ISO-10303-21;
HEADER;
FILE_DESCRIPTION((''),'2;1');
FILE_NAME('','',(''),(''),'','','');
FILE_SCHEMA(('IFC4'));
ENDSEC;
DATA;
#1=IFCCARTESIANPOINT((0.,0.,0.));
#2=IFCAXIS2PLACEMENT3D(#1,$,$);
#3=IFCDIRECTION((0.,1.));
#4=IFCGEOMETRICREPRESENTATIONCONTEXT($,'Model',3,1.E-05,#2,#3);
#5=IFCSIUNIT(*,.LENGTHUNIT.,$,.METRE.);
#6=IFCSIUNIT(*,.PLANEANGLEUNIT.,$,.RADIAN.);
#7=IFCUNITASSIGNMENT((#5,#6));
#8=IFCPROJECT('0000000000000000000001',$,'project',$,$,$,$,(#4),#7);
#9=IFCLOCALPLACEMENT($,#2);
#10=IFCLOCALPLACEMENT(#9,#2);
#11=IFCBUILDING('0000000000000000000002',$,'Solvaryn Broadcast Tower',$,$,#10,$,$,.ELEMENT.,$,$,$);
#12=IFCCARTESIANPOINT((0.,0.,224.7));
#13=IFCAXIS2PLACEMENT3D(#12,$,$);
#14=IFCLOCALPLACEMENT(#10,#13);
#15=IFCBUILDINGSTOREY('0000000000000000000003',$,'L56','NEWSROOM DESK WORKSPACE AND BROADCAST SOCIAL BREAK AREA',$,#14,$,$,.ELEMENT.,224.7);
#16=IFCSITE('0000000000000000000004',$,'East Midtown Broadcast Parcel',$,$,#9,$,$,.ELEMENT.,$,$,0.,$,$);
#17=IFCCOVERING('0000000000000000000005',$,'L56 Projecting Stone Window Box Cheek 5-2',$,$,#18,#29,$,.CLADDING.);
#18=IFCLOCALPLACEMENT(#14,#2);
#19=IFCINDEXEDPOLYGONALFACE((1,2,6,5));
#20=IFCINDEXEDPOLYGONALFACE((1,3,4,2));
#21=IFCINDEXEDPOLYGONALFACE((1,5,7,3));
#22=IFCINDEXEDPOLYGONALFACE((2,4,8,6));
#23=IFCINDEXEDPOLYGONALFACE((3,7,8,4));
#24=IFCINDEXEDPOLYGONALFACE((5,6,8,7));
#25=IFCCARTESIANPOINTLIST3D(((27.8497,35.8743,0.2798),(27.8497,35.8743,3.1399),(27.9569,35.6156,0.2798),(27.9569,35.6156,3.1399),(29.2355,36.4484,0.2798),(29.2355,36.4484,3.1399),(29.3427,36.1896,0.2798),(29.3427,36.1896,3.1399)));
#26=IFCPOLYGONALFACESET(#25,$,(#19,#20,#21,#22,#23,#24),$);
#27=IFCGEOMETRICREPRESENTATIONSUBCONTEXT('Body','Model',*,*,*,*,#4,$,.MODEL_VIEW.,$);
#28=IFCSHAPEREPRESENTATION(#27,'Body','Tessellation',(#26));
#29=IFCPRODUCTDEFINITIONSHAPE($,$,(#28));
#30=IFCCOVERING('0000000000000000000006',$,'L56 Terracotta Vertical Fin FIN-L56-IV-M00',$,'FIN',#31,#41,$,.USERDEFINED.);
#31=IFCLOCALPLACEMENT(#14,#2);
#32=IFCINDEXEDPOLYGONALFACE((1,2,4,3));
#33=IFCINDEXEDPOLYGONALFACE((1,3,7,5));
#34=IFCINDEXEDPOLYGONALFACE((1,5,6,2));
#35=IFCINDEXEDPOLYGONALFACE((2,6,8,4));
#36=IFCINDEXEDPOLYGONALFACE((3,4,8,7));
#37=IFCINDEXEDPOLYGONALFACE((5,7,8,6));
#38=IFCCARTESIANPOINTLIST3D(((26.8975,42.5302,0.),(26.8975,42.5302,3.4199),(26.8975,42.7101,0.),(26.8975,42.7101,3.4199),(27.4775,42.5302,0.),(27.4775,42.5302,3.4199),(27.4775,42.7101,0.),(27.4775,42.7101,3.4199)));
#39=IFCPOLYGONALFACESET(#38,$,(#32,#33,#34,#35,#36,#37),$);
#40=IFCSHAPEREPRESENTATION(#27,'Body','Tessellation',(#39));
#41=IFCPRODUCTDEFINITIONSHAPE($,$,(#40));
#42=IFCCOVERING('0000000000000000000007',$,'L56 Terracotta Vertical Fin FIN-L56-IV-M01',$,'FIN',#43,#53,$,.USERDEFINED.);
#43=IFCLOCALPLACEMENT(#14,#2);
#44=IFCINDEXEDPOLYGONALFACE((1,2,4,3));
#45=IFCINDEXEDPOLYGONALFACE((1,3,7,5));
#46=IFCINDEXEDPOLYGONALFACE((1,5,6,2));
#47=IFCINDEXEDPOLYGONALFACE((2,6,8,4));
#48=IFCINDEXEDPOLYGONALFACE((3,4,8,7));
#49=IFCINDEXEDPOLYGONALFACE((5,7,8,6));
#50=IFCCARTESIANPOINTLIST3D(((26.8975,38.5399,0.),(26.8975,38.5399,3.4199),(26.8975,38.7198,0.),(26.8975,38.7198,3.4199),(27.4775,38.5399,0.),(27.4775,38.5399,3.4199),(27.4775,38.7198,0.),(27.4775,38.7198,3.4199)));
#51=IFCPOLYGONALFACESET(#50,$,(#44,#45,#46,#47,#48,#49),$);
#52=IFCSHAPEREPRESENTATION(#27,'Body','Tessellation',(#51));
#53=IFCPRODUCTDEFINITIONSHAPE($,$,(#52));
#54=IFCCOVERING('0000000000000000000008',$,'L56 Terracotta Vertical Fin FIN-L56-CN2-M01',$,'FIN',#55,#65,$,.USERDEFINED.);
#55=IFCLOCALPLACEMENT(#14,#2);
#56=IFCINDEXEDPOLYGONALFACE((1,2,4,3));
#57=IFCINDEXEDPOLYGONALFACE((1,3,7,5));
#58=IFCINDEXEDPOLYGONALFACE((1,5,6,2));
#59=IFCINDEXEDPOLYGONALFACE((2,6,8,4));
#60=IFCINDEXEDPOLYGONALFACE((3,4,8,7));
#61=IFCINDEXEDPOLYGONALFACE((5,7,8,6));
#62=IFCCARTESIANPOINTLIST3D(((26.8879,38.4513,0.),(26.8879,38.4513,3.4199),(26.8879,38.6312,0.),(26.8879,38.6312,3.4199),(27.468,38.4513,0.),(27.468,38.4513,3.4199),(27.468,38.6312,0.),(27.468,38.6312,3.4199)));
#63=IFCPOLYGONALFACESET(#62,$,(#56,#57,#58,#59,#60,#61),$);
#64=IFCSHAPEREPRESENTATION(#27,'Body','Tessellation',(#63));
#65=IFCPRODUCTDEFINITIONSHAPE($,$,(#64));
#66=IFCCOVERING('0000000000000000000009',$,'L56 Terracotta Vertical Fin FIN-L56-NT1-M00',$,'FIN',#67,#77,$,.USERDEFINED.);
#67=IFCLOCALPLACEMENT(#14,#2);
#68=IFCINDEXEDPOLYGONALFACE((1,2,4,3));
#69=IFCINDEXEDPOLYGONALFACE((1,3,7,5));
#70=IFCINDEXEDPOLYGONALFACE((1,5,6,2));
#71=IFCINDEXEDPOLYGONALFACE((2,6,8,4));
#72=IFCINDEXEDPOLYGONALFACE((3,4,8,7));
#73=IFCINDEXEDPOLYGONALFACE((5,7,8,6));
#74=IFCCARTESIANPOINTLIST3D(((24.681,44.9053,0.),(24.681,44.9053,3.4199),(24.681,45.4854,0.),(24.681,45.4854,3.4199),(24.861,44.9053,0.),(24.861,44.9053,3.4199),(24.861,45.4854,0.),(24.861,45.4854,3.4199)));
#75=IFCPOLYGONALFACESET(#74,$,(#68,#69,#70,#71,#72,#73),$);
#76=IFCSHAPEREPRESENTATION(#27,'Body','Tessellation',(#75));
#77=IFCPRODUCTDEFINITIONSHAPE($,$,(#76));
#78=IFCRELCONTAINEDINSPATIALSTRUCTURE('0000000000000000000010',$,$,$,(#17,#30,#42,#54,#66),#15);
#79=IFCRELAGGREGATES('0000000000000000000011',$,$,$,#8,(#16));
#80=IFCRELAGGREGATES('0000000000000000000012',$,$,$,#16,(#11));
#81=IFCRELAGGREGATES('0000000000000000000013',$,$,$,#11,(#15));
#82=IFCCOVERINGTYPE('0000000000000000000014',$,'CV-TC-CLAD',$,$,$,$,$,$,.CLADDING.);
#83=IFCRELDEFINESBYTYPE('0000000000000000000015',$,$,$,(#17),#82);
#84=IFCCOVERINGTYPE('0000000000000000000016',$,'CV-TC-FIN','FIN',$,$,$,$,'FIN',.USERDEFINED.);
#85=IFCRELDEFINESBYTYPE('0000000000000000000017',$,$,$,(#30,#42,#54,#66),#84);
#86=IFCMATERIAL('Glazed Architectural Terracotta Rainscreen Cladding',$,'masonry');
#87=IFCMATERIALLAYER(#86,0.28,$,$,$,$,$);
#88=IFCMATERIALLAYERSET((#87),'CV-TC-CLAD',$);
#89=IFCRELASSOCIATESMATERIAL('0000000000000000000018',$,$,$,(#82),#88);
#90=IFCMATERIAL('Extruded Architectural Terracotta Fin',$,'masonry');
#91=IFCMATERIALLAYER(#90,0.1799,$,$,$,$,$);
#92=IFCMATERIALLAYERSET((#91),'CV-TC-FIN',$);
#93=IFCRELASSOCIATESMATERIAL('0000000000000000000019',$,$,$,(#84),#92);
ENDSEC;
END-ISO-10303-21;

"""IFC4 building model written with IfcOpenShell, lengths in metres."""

from ifc_helpers import new_model, si_unit, direction, frame, origin, origin_2d, place, context, subcontext, project, spatial, rectangle, extrude, material, layer, layer_set, type_object, element, save


model = new_model("IFC4")

# Units and contexts
model_context = context("Model", 3, precision=1e-05, world=origin(), true_north=direction((0.0, 1.0)))
body_context = subcontext(model_context, "Body", "Model", "MODEL_VIEW")
ifc_project = project(units=[si_unit("LENGTHUNIT", "METRE"), si_unit("PLANEANGLEUNIT", "RADIAN")], contexts=[model_context])

# Site, building, storey
site_placement = place(None, origin())
site = spatial("IfcSite", under=ifc_project, at=site_placement, Name="East Midtown Broadcast Parcel", CompositionType="ELEMENT", RefElevation=0.0)
building_placement = place(site_placement, origin())
building = spatial("IfcBuilding", under=site, at=building_placement, Name="Solvaryn Broadcast Tower", CompositionType="ELEMENT")
storey_placement = place(building_placement, frame((0.0, 0.0, 224.7)))
storey = spatial("IfcBuildingStorey", under=building, at=storey_placement, Name="L56", Description="NEWSROOM DESK WORKSPACE AND BROADCAST SOCIAL BREAK AREA", CompositionType="ELEMENT", Elevation=224.7)

# Coverings
ifc_material_1 = material(Name="Glazed Architectural Terracotta Rainscreen Cladding", Category="masonry")
ifc_layer_1 = layer(ifc_material_1, 0.28)
ifc_layer_set_1 = layer_set([ifc_layer_1], Name="CV-TC-CLAD")
covering_type_1 = type_object("IfcCoveringType", Name="CV-TC-CLAD", PredefinedType="CLADDING", material=ifc_layer_set_1)
covering_1_placement = place(storey_placement, frame((28.5962, 36.032, 0.2798), z_axis=(0.0, 0.0, 1.0), x_axis=(-0.382683, 0.92388, 0.0)))
element("IfcCovering", 1, at=covering_1_placement, inside=storey, type_object=covering_type_1, Name="L56 Projecting Stone Window Box Cheek 5-2", PredefinedType="CLADDING", context=body_context, shape_type="SweptSolid", body=[
    extrude(rectangle(XDim=0.28, YDim=1.5, at=origin_2d()), origin(), (0.0, 0.0, 1.0), 2.8601),
])
ifc_material_2 = material(Name="Extruded Architectural Terracotta Fin", Category="masonry")
ifc_layer_2 = layer(ifc_material_2, 0.1799)
ifc_layer_set_2 = layer_set([ifc_layer_2], Name="CV-TC-FIN")
covering_type_2 = type_object("IfcCoveringType", Name="CV-TC-FIN", Description="FIN", ElementType="FIN", PredefinedType="USERDEFINED", material=ifc_layer_set_2)
for number, where, z_axis, x_axis, name in (
    (2, (27.1875, 42.6201, 0.0), (0.0, 0.0, 1.0), (1.0, 0.0, 0.0), "L56 Terracotta Vertical Fin FIN-L56-IV-M00"),
    (3, (27.1875, 38.6299, 0.0), (0.0, 0.0, 1.0), (1.0, 0.0, 0.0), "L56 Terracotta Vertical Fin FIN-L56-IV-M01"),
    (4, (27.178, 38.5413, 0.0), (0.0, 0.0, 1.0), (1.0, 0.0, 0.0), "L56 Terracotta Vertical Fin FIN-L56-CN2-M01"),
):
    element("IfcCovering", number, at=place(storey_placement, frame(where, z_axis=z_axis, x_axis=x_axis)), inside=storey, type_object=covering_type_2, Name=name, ObjectType="FIN", PredefinedType="USERDEFINED", context=body_context, shape_type="SweptSolid", body=[
        extrude(rectangle(XDim=0.5801, YDim=0.1799, at=origin_2d()), origin(), (0.0, 0.0, 1.0), 3.4199),
    ])
covering_2_placement = place(storey_placement, frame((24.771, 45.1953, 0.0), z_axis=(0.0, 0.0, 1.0), x_axis=(1.0, 0.0, 0.0)))
element("IfcCovering", 5, at=covering_2_placement, inside=storey, type_object=covering_type_2, Name="L56 Terracotta Vertical Fin FIN-L56-NT1-M00", ObjectType="FIN", PredefinedType="USERDEFINED", context=body_context, shape_type="SweptSolid", body=[
    extrude(rectangle(XDim=0.1799, YDim=0.5801, at=origin_2d()), origin(), (0.0, 0.0, 1.0), 3.4199),
])

save(model, "model.ifc")
